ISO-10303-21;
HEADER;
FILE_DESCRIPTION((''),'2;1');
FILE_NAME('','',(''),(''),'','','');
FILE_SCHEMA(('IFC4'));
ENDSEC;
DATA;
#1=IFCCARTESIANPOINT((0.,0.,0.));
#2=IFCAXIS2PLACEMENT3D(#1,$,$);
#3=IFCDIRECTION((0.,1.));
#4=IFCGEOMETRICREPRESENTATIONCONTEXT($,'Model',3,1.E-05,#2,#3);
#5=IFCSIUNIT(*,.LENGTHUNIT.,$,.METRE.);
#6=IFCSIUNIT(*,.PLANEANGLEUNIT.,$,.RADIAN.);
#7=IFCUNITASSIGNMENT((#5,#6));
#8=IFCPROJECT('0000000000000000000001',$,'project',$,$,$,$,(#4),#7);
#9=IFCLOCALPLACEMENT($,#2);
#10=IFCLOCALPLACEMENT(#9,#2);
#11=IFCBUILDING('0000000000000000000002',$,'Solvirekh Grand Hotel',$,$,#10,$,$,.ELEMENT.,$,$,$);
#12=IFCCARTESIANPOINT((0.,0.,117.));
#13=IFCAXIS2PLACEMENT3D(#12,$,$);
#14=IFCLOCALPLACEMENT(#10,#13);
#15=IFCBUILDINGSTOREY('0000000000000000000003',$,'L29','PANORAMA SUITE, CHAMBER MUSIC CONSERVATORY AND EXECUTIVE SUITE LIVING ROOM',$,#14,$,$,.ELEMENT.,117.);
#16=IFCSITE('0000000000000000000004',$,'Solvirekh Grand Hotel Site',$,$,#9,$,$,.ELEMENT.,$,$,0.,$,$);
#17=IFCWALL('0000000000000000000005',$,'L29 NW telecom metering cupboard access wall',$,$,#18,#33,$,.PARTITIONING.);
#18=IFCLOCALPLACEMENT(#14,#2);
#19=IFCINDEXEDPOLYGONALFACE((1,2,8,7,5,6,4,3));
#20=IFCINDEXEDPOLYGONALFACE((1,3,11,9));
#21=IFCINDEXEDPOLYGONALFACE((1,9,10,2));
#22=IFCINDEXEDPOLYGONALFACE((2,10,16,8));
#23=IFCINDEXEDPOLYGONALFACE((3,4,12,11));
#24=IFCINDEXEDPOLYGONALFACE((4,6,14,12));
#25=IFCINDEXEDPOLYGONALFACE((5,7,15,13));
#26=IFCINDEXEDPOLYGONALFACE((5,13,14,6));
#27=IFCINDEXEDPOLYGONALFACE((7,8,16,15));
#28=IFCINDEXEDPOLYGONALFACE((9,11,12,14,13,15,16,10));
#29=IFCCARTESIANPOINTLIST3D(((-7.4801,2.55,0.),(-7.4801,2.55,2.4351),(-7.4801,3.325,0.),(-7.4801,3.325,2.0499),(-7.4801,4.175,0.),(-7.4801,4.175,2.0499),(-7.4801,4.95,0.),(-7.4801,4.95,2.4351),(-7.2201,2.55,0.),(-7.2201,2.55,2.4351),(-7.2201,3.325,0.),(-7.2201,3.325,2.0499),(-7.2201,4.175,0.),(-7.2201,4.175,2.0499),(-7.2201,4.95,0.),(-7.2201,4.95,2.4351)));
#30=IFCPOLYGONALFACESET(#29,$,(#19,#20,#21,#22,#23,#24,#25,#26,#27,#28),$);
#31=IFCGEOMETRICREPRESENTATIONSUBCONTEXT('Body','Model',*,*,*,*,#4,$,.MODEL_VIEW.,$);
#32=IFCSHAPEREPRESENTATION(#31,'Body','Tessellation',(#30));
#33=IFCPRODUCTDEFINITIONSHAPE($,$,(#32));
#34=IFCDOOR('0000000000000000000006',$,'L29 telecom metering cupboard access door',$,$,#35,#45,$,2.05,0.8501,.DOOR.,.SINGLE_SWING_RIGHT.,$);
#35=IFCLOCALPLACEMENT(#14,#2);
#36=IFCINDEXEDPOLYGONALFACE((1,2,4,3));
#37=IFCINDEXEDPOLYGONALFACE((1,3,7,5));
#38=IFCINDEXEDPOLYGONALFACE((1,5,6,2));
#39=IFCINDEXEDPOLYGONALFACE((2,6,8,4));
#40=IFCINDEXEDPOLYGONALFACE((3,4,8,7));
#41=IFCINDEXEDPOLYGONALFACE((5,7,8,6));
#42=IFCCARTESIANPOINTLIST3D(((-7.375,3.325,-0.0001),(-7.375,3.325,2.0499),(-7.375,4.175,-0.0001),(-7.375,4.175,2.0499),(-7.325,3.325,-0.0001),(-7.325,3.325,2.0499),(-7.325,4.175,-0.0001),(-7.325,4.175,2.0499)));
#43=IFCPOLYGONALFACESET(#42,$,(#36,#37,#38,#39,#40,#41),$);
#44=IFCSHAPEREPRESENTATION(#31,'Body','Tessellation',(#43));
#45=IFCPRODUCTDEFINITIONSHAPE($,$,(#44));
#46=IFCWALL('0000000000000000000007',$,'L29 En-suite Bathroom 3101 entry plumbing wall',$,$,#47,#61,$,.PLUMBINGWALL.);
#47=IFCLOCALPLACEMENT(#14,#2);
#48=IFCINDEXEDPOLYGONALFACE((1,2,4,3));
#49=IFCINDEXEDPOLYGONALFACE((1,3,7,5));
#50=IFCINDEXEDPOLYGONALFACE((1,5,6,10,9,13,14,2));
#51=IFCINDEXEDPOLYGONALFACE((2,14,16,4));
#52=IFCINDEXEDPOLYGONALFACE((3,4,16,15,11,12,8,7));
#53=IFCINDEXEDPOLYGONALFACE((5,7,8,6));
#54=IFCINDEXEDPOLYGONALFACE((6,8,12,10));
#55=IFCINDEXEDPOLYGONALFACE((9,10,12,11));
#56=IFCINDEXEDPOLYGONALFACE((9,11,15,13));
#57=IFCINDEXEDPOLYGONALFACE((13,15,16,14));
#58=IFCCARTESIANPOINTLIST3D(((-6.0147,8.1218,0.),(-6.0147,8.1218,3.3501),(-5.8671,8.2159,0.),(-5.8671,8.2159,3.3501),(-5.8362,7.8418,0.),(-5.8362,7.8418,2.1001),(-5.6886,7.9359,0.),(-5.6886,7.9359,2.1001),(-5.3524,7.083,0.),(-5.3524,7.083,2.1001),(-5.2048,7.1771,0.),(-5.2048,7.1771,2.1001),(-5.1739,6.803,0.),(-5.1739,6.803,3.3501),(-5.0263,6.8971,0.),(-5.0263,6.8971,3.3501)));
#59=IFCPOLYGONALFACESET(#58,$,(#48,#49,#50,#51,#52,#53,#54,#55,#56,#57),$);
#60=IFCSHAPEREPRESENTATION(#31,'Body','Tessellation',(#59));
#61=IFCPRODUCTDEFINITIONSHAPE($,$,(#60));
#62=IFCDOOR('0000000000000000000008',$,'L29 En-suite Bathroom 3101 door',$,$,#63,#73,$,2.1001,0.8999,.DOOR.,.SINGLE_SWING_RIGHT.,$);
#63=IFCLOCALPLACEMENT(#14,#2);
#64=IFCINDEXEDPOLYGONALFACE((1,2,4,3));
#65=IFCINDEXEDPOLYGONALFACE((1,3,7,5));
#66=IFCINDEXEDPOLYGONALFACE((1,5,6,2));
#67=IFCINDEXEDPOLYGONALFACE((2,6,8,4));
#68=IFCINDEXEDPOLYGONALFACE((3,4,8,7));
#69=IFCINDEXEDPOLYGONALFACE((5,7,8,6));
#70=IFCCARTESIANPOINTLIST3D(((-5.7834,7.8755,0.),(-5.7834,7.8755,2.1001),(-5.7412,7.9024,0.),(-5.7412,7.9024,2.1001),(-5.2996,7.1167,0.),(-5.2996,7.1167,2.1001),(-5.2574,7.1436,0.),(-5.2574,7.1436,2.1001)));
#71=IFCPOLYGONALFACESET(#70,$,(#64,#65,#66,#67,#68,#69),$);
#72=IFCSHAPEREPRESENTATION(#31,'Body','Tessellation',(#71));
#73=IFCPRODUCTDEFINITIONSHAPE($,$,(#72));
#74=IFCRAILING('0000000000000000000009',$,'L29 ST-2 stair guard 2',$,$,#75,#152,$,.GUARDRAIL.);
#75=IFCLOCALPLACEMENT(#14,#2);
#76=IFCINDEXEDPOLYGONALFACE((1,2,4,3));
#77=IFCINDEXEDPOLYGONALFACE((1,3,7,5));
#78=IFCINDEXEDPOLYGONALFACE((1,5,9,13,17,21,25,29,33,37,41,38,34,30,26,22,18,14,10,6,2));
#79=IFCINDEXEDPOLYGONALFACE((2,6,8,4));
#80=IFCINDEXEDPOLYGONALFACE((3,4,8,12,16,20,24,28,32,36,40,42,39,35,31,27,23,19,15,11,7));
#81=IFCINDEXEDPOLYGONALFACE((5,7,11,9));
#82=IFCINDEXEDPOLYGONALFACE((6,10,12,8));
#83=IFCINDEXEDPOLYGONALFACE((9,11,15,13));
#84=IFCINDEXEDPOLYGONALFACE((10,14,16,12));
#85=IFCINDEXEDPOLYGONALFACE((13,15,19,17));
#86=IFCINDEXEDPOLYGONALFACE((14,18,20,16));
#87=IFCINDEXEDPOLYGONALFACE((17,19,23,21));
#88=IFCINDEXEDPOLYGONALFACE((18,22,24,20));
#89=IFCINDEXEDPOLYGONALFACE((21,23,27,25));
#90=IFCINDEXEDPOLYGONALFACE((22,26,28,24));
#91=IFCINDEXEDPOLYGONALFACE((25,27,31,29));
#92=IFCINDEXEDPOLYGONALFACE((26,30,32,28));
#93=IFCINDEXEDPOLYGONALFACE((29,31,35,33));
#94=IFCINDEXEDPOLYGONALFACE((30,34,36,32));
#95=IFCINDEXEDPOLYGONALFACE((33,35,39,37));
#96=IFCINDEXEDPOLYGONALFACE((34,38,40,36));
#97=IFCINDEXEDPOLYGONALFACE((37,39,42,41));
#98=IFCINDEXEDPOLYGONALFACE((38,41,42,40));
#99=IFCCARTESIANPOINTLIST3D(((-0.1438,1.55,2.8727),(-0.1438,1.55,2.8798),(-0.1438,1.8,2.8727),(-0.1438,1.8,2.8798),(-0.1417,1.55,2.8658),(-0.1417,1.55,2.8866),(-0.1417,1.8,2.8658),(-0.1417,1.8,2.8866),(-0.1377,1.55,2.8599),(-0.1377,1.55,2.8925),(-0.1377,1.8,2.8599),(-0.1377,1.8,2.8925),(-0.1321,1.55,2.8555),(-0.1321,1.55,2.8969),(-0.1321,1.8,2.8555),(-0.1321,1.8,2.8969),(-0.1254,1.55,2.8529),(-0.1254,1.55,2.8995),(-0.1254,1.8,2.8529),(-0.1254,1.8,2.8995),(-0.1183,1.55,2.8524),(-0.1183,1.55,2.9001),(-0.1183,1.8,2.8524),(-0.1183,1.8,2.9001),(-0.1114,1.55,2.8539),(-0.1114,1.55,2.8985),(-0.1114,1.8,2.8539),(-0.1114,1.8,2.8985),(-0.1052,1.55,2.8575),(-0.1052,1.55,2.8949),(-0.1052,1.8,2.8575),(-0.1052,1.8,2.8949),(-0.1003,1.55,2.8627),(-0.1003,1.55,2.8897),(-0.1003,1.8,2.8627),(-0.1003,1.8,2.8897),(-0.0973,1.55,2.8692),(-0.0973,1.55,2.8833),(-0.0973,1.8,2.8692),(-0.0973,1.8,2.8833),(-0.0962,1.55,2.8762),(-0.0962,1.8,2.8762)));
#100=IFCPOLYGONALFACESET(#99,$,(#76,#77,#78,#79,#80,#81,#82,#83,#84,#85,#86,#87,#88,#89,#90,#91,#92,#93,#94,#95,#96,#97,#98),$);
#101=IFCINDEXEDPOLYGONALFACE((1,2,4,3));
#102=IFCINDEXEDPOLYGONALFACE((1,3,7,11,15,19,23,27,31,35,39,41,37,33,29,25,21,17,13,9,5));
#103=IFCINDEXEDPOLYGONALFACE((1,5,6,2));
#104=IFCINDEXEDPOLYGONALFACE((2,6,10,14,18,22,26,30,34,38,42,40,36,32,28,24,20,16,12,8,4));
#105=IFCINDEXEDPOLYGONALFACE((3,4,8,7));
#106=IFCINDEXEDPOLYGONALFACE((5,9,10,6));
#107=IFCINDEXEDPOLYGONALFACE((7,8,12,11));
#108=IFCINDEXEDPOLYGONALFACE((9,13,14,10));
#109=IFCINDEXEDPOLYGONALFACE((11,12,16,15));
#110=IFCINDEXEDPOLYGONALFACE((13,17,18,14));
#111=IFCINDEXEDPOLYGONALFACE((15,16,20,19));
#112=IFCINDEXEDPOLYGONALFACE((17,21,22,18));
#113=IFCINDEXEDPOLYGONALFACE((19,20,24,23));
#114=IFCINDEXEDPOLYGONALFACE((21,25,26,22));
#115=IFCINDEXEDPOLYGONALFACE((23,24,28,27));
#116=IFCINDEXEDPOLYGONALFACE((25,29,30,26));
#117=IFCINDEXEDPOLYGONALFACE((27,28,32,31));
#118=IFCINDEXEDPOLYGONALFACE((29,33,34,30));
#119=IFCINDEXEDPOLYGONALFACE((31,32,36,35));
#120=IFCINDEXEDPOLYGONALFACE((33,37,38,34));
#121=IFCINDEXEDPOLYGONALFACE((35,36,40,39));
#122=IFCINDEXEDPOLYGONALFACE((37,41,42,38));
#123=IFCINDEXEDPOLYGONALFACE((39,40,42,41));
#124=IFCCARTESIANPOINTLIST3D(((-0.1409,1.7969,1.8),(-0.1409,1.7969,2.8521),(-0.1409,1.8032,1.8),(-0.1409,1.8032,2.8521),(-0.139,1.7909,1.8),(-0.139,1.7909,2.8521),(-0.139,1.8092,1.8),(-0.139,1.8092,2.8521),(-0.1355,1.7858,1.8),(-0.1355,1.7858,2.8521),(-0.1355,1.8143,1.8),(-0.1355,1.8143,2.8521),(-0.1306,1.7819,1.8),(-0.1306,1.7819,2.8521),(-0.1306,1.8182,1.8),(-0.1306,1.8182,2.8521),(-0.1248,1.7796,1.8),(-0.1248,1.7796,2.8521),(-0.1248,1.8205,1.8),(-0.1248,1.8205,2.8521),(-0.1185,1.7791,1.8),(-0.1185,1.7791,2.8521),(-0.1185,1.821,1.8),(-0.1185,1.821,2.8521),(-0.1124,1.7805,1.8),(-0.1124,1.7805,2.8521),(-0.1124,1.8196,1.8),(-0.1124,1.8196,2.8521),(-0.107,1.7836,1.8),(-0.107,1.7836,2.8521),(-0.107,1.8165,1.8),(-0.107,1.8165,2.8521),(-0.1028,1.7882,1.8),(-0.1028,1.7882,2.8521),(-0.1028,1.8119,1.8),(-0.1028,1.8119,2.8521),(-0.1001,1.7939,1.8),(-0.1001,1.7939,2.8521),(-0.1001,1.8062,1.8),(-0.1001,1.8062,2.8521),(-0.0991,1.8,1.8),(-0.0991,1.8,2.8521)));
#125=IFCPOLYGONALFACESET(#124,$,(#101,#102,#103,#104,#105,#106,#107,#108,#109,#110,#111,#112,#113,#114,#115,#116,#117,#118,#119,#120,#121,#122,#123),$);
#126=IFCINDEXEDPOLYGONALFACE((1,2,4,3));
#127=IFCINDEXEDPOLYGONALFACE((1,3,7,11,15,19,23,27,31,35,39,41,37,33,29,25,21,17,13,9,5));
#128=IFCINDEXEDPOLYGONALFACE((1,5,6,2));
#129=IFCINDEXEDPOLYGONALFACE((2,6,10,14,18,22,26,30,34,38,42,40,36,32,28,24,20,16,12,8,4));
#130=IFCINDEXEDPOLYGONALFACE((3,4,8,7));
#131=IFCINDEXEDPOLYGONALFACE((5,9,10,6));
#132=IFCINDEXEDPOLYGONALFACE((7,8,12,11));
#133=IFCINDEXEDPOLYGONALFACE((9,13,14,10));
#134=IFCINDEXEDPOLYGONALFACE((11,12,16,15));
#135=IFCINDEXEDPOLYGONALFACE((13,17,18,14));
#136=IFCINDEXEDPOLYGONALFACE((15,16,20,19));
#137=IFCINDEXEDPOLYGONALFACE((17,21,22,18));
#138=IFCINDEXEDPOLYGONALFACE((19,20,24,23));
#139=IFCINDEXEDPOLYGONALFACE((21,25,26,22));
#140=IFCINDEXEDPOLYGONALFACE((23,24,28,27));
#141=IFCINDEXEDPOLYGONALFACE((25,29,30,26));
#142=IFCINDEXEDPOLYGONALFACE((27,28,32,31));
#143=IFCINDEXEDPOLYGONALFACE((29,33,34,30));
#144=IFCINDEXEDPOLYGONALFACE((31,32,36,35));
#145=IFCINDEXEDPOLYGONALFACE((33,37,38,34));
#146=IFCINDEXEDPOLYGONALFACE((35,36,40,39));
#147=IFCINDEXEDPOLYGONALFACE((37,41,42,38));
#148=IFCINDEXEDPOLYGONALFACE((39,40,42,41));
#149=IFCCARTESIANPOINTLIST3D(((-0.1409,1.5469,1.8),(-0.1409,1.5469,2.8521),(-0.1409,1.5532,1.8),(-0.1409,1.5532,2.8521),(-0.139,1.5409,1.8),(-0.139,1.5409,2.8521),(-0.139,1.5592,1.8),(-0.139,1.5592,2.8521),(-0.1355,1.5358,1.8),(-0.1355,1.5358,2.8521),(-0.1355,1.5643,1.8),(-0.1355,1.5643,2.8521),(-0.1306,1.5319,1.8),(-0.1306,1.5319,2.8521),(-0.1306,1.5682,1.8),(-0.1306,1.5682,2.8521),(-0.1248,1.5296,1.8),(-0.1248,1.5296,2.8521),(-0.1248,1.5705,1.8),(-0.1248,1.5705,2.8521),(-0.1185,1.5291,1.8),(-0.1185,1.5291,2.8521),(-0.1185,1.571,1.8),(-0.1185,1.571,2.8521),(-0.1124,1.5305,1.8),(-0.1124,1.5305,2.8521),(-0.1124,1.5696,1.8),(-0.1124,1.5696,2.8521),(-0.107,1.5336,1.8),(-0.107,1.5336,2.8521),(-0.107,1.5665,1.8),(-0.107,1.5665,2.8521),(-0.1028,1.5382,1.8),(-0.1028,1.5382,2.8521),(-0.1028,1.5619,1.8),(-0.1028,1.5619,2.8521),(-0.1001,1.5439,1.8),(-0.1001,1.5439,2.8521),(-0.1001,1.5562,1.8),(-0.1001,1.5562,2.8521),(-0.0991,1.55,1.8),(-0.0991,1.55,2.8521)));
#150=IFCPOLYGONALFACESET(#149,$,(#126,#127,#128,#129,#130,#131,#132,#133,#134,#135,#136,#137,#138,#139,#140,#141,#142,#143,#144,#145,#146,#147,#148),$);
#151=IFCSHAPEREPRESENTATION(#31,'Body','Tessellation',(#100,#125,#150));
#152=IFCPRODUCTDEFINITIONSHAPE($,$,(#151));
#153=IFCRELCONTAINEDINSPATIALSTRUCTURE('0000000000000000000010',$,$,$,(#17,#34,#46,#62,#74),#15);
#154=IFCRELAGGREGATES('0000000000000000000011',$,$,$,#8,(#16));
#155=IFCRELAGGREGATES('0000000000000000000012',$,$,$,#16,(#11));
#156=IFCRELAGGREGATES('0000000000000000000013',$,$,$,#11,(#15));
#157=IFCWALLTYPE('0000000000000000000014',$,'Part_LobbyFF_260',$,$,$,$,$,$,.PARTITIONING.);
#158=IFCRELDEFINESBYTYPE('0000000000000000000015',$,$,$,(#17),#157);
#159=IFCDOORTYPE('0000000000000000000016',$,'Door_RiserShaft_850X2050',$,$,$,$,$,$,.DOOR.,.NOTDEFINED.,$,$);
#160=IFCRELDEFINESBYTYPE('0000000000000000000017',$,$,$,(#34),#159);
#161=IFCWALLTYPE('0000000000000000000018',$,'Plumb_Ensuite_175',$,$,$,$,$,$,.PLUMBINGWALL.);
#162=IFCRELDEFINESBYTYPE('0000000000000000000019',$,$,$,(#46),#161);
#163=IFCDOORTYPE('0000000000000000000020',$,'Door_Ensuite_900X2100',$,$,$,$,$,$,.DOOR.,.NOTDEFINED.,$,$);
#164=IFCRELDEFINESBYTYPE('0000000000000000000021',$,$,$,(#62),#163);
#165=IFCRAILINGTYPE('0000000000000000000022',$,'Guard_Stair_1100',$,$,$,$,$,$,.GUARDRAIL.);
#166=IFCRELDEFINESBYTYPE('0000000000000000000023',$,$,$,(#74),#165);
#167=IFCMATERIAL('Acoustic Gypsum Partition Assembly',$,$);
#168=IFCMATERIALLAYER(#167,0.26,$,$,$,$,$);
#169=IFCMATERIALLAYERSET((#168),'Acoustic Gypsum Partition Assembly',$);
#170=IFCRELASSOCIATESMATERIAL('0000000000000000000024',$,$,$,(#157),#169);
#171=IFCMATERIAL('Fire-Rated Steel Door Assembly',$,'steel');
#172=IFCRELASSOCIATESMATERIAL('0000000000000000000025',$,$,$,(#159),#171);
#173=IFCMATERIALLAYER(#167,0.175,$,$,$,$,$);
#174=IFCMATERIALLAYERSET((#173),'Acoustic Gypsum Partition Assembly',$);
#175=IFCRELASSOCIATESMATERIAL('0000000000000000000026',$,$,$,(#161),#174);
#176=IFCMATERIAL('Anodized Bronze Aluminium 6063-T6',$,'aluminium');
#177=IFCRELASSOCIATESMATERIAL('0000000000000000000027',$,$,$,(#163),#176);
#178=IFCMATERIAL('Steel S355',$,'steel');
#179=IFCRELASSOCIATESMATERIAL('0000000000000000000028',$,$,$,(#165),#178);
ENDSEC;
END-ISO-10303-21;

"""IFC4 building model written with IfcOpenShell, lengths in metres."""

from ifc_helpers import new_model, si_unit, direction, frame, frame_2d, origin, origin_2d, place, context, subcontext, project, spatial, rectangle, circle, extrude, material, layer, layer_set, type_object, element, fill, save


model = new_model("IFC4")

# Units and contexts
model_context = context("Model", 3, precision=1e-05, world=origin(), true_north=direction((0.0, 1.0)))
body_context = subcontext(model_context, "Body", "Model", "MODEL_VIEW")
ifc_project = project(units=[si_unit("LENGTHUNIT", "METRE"), si_unit("PLANEANGLEUNIT", "RADIAN")], contexts=[model_context])

# Site, building, storey
site_placement = place(None, origin())
site = spatial("IfcSite", under=ifc_project, at=site_placement, Name="Solvirekh Grand Hotel Site", CompositionType="ELEMENT", RefElevation=0.0)
building_placement = place(site_placement, origin())
building = spatial("IfcBuilding", under=site, at=building_placement, Name="Solvirekh Grand Hotel", CompositionType="ELEMENT")
storey_placement = place(building_placement, frame((0.0, 0.0, 117.0)))
storey = spatial("IfcBuildingStorey", under=building, at=storey_placement, Name="L29", Description="PANORAMA SUITE, CHAMBER MUSIC CONSERVATORY AND EXECUTIVE SUITE LIVING ROOM", CompositionType="ELEMENT", Elevation=117.0)

# Shared definitions
ifc_material_1 = material(Name="Steel S355", Category="steel")

# Shared definitions
ifc_material_2 = material(Name="Anodized Bronze Aluminium 6063-T6", Category="aluminium")

# Shared definitions
ifc_material_3 = material(Name="Fire-Rated Steel Door Assembly", Category="steel")

# Shared definitions
ifc_material_4 = material(Name="Acoustic Gypsum Partition Assembly")
ifc_layer_1 = layer(ifc_material_4, 0.26)
ifc_layer_set_1 = layer_set([ifc_layer_1], Name="Acoustic Gypsum Partition Assembly")
wall_type_1 = type_object("IfcWallType", Name="Part_LobbyFF_260", PredefinedType="PARTITIONING", material=ifc_layer_set_1)

# Walls, openings, doors
wall_1_placement = place(storey_placement, frame((-7.3501, 2.55, 0.0), z_axis=(0.0, 0.0, 1.0), x_axis=(0.0, 1.0, 0.0)))
wall_1 = element("IfcWall", 1, at=wall_1_placement, inside=storey, type_object=wall_type_1, Name="L29 NW telecom metering cupboard access wall", PredefinedType="PARTITIONING", context=body_context, shape_type="SweptSolid", body=[
    extrude(rectangle(XDim=2.3999, YDim=0.26, at=frame_2d((1.2, 0.0))), origin(), (0.0, 0.0, 1.0), 2.4351),
])
opening_1_placement = place(wall_1_placement, frame((0.7749, 0.0, 0.0)))
opening_1 = element("IfcOpeningElement", 2, at=opening_1_placement, cuts=wall_1, PredefinedType="OPENING", context=body_context, shape_type="SweptSolid", body=[
    extrude(rectangle(XDim=0.8501, YDim=2.05, at=frame_2d((0.425, 1.0249))), frame((0.0, 0.1401, 0.0), z_axis=(0.0, -1.0, 0.0), x_axis=(1.0, 0.0, 0.0)), (0.0, 0.0, 1.0), 0.28),
])
door_type_1 = type_object("IfcDoorType", Name="Door_RiserShaft_850X2050", OperationType="NOTDEFINED", PredefinedType="DOOR", material=ifc_material_3)
door_1_placement = place(opening_1_placement, origin())
door_1 = element("IfcDoor", 3, at=door_1_placement, inside=storey, type_object=door_type_1, Name="L29 telecom metering cupboard access door", OperationType="SINGLE_SWING_RIGHT", OverallHeight=2.05, OverallWidth=0.8501, PredefinedType="DOOR", context=body_context, shape_type="SweptSolid", body=[
    extrude(rectangle(XDim=0.8501, YDim=2.05, at=frame_2d((0.425, 1.0249))), frame((0.0, 0.0249, 0.0), z_axis=(0.0, -1.0, 0.0), x_axis=(1.0, 0.0, 0.0)), (0.0, 0.0, 1.0), 0.05),
])
fill(opening_1, door_1)
ifc_layer_2 = layer(ifc_material_4, 0.175)
ifc_layer_set_2 = layer_set([ifc_layer_2], Name="Acoustic Gypsum Partition Assembly")
wall_type_2 = type_object("IfcWallType", Name="Plumb_Ensuite_175", PredefinedType="PLUMBINGWALL", material=ifc_layer_set_2)
wall_2_placement = place(storey_placement, frame((-5.1001, 6.8501, 0.0), z_axis=(0.0, 0.0, 1.0), x_axis=(-0.537582, 0.843211, 0.0)))
wall_2 = element("IfcWall", 4, at=wall_2_placement, inside=storey, type_object=wall_type_2, Name="L29 En-suite Bathroom 3101 entry plumbing wall", PredefinedType="PLUMBINGWALL", context=body_context, shape_type="SweptSolid", body=[
    extrude(rectangle(XDim=1.564, YDim=0.175, at=frame_2d((0.782, 0.0))), origin(), (0.0, 0.0, 1.0), 3.3501),
])
opening_2_placement = place(wall_2_placement, frame((0.332, 0.0, 0.0)))
opening_2 = element("IfcOpeningElement", 5, at=opening_2_placement, cuts=wall_2, PredefinedType="OPENING", context=body_context, shape_type="SweptSolid", body=[
    extrude(rectangle(XDim=0.8999, YDim=2.1001, at=frame_2d((0.45, 1.05))), frame((0.0, 0.0977, 0.0), z_axis=(0.0, -1.0, 0.0), x_axis=(1.0, 0.0, 0.0)), (0.0, 0.0, 1.0), 0.1951),
])
door_type_2 = type_object("IfcDoorType", Name="Door_Ensuite_900X2100", OperationType="NOTDEFINED", PredefinedType="DOOR", material=ifc_material_2)
door_2_placement = place(opening_2_placement, origin())
door_2 = element("IfcDoor", 6, at=door_2_placement, inside=storey, type_object=door_type_2, Name="L29 En-suite Bathroom 3101 door", OperationType="SINGLE_SWING_RIGHT", OverallHeight=2.1001, OverallWidth=0.8999, PredefinedType="DOOR", context=body_context, shape_type="SweptSolid", body=[
    extrude(rectangle(XDim=0.8999, YDim=2.1001, at=frame_2d((0.45, 1.05))), frame((0.0, 0.0249, 0.0), z_axis=(0.0, -1.0, 0.0), x_axis=(1.0, 0.0, 0.0)), (0.0, 0.0, 1.0), 0.05),
])
fill(opening_2, door_2)

# Railing
railing_type = type_object("IfcRailingType", Name="Guard_Stair_1100", PredefinedType="GUARDRAIL", material=ifc_material_1)
railing_1_placement = place(storey_placement, frame((-0.1201, 1.8, 1.8)))
element("IfcRailing", 7, at=railing_1_placement, inside=storey, type_object=railing_type, Name="L29 ST-2 stair guard 2", PredefinedType="GUARDRAIL", context=body_context, shape_type="SweptSolid", body=[
    extrude(circle(Radius=0.0239, at=origin_2d()), frame((0.0, 0.0, 1.0762), z_axis=(0.0, -1.0, 0.0), x_axis=(1.0, 0.0, 0.0)), (0.0, 0.0, 1.0), 0.25),
    extrude(circle(Radius=0.021, at=origin_2d()), origin(), (0.0, 0.0, 1.0), 1.052),
    extrude(circle(Radius=0.021, at=origin_2d()), frame((0.0, -0.25, 0.0)), (0.0, 0.0, 1.0), 1.052),
])

save(model, "model.ifc")
